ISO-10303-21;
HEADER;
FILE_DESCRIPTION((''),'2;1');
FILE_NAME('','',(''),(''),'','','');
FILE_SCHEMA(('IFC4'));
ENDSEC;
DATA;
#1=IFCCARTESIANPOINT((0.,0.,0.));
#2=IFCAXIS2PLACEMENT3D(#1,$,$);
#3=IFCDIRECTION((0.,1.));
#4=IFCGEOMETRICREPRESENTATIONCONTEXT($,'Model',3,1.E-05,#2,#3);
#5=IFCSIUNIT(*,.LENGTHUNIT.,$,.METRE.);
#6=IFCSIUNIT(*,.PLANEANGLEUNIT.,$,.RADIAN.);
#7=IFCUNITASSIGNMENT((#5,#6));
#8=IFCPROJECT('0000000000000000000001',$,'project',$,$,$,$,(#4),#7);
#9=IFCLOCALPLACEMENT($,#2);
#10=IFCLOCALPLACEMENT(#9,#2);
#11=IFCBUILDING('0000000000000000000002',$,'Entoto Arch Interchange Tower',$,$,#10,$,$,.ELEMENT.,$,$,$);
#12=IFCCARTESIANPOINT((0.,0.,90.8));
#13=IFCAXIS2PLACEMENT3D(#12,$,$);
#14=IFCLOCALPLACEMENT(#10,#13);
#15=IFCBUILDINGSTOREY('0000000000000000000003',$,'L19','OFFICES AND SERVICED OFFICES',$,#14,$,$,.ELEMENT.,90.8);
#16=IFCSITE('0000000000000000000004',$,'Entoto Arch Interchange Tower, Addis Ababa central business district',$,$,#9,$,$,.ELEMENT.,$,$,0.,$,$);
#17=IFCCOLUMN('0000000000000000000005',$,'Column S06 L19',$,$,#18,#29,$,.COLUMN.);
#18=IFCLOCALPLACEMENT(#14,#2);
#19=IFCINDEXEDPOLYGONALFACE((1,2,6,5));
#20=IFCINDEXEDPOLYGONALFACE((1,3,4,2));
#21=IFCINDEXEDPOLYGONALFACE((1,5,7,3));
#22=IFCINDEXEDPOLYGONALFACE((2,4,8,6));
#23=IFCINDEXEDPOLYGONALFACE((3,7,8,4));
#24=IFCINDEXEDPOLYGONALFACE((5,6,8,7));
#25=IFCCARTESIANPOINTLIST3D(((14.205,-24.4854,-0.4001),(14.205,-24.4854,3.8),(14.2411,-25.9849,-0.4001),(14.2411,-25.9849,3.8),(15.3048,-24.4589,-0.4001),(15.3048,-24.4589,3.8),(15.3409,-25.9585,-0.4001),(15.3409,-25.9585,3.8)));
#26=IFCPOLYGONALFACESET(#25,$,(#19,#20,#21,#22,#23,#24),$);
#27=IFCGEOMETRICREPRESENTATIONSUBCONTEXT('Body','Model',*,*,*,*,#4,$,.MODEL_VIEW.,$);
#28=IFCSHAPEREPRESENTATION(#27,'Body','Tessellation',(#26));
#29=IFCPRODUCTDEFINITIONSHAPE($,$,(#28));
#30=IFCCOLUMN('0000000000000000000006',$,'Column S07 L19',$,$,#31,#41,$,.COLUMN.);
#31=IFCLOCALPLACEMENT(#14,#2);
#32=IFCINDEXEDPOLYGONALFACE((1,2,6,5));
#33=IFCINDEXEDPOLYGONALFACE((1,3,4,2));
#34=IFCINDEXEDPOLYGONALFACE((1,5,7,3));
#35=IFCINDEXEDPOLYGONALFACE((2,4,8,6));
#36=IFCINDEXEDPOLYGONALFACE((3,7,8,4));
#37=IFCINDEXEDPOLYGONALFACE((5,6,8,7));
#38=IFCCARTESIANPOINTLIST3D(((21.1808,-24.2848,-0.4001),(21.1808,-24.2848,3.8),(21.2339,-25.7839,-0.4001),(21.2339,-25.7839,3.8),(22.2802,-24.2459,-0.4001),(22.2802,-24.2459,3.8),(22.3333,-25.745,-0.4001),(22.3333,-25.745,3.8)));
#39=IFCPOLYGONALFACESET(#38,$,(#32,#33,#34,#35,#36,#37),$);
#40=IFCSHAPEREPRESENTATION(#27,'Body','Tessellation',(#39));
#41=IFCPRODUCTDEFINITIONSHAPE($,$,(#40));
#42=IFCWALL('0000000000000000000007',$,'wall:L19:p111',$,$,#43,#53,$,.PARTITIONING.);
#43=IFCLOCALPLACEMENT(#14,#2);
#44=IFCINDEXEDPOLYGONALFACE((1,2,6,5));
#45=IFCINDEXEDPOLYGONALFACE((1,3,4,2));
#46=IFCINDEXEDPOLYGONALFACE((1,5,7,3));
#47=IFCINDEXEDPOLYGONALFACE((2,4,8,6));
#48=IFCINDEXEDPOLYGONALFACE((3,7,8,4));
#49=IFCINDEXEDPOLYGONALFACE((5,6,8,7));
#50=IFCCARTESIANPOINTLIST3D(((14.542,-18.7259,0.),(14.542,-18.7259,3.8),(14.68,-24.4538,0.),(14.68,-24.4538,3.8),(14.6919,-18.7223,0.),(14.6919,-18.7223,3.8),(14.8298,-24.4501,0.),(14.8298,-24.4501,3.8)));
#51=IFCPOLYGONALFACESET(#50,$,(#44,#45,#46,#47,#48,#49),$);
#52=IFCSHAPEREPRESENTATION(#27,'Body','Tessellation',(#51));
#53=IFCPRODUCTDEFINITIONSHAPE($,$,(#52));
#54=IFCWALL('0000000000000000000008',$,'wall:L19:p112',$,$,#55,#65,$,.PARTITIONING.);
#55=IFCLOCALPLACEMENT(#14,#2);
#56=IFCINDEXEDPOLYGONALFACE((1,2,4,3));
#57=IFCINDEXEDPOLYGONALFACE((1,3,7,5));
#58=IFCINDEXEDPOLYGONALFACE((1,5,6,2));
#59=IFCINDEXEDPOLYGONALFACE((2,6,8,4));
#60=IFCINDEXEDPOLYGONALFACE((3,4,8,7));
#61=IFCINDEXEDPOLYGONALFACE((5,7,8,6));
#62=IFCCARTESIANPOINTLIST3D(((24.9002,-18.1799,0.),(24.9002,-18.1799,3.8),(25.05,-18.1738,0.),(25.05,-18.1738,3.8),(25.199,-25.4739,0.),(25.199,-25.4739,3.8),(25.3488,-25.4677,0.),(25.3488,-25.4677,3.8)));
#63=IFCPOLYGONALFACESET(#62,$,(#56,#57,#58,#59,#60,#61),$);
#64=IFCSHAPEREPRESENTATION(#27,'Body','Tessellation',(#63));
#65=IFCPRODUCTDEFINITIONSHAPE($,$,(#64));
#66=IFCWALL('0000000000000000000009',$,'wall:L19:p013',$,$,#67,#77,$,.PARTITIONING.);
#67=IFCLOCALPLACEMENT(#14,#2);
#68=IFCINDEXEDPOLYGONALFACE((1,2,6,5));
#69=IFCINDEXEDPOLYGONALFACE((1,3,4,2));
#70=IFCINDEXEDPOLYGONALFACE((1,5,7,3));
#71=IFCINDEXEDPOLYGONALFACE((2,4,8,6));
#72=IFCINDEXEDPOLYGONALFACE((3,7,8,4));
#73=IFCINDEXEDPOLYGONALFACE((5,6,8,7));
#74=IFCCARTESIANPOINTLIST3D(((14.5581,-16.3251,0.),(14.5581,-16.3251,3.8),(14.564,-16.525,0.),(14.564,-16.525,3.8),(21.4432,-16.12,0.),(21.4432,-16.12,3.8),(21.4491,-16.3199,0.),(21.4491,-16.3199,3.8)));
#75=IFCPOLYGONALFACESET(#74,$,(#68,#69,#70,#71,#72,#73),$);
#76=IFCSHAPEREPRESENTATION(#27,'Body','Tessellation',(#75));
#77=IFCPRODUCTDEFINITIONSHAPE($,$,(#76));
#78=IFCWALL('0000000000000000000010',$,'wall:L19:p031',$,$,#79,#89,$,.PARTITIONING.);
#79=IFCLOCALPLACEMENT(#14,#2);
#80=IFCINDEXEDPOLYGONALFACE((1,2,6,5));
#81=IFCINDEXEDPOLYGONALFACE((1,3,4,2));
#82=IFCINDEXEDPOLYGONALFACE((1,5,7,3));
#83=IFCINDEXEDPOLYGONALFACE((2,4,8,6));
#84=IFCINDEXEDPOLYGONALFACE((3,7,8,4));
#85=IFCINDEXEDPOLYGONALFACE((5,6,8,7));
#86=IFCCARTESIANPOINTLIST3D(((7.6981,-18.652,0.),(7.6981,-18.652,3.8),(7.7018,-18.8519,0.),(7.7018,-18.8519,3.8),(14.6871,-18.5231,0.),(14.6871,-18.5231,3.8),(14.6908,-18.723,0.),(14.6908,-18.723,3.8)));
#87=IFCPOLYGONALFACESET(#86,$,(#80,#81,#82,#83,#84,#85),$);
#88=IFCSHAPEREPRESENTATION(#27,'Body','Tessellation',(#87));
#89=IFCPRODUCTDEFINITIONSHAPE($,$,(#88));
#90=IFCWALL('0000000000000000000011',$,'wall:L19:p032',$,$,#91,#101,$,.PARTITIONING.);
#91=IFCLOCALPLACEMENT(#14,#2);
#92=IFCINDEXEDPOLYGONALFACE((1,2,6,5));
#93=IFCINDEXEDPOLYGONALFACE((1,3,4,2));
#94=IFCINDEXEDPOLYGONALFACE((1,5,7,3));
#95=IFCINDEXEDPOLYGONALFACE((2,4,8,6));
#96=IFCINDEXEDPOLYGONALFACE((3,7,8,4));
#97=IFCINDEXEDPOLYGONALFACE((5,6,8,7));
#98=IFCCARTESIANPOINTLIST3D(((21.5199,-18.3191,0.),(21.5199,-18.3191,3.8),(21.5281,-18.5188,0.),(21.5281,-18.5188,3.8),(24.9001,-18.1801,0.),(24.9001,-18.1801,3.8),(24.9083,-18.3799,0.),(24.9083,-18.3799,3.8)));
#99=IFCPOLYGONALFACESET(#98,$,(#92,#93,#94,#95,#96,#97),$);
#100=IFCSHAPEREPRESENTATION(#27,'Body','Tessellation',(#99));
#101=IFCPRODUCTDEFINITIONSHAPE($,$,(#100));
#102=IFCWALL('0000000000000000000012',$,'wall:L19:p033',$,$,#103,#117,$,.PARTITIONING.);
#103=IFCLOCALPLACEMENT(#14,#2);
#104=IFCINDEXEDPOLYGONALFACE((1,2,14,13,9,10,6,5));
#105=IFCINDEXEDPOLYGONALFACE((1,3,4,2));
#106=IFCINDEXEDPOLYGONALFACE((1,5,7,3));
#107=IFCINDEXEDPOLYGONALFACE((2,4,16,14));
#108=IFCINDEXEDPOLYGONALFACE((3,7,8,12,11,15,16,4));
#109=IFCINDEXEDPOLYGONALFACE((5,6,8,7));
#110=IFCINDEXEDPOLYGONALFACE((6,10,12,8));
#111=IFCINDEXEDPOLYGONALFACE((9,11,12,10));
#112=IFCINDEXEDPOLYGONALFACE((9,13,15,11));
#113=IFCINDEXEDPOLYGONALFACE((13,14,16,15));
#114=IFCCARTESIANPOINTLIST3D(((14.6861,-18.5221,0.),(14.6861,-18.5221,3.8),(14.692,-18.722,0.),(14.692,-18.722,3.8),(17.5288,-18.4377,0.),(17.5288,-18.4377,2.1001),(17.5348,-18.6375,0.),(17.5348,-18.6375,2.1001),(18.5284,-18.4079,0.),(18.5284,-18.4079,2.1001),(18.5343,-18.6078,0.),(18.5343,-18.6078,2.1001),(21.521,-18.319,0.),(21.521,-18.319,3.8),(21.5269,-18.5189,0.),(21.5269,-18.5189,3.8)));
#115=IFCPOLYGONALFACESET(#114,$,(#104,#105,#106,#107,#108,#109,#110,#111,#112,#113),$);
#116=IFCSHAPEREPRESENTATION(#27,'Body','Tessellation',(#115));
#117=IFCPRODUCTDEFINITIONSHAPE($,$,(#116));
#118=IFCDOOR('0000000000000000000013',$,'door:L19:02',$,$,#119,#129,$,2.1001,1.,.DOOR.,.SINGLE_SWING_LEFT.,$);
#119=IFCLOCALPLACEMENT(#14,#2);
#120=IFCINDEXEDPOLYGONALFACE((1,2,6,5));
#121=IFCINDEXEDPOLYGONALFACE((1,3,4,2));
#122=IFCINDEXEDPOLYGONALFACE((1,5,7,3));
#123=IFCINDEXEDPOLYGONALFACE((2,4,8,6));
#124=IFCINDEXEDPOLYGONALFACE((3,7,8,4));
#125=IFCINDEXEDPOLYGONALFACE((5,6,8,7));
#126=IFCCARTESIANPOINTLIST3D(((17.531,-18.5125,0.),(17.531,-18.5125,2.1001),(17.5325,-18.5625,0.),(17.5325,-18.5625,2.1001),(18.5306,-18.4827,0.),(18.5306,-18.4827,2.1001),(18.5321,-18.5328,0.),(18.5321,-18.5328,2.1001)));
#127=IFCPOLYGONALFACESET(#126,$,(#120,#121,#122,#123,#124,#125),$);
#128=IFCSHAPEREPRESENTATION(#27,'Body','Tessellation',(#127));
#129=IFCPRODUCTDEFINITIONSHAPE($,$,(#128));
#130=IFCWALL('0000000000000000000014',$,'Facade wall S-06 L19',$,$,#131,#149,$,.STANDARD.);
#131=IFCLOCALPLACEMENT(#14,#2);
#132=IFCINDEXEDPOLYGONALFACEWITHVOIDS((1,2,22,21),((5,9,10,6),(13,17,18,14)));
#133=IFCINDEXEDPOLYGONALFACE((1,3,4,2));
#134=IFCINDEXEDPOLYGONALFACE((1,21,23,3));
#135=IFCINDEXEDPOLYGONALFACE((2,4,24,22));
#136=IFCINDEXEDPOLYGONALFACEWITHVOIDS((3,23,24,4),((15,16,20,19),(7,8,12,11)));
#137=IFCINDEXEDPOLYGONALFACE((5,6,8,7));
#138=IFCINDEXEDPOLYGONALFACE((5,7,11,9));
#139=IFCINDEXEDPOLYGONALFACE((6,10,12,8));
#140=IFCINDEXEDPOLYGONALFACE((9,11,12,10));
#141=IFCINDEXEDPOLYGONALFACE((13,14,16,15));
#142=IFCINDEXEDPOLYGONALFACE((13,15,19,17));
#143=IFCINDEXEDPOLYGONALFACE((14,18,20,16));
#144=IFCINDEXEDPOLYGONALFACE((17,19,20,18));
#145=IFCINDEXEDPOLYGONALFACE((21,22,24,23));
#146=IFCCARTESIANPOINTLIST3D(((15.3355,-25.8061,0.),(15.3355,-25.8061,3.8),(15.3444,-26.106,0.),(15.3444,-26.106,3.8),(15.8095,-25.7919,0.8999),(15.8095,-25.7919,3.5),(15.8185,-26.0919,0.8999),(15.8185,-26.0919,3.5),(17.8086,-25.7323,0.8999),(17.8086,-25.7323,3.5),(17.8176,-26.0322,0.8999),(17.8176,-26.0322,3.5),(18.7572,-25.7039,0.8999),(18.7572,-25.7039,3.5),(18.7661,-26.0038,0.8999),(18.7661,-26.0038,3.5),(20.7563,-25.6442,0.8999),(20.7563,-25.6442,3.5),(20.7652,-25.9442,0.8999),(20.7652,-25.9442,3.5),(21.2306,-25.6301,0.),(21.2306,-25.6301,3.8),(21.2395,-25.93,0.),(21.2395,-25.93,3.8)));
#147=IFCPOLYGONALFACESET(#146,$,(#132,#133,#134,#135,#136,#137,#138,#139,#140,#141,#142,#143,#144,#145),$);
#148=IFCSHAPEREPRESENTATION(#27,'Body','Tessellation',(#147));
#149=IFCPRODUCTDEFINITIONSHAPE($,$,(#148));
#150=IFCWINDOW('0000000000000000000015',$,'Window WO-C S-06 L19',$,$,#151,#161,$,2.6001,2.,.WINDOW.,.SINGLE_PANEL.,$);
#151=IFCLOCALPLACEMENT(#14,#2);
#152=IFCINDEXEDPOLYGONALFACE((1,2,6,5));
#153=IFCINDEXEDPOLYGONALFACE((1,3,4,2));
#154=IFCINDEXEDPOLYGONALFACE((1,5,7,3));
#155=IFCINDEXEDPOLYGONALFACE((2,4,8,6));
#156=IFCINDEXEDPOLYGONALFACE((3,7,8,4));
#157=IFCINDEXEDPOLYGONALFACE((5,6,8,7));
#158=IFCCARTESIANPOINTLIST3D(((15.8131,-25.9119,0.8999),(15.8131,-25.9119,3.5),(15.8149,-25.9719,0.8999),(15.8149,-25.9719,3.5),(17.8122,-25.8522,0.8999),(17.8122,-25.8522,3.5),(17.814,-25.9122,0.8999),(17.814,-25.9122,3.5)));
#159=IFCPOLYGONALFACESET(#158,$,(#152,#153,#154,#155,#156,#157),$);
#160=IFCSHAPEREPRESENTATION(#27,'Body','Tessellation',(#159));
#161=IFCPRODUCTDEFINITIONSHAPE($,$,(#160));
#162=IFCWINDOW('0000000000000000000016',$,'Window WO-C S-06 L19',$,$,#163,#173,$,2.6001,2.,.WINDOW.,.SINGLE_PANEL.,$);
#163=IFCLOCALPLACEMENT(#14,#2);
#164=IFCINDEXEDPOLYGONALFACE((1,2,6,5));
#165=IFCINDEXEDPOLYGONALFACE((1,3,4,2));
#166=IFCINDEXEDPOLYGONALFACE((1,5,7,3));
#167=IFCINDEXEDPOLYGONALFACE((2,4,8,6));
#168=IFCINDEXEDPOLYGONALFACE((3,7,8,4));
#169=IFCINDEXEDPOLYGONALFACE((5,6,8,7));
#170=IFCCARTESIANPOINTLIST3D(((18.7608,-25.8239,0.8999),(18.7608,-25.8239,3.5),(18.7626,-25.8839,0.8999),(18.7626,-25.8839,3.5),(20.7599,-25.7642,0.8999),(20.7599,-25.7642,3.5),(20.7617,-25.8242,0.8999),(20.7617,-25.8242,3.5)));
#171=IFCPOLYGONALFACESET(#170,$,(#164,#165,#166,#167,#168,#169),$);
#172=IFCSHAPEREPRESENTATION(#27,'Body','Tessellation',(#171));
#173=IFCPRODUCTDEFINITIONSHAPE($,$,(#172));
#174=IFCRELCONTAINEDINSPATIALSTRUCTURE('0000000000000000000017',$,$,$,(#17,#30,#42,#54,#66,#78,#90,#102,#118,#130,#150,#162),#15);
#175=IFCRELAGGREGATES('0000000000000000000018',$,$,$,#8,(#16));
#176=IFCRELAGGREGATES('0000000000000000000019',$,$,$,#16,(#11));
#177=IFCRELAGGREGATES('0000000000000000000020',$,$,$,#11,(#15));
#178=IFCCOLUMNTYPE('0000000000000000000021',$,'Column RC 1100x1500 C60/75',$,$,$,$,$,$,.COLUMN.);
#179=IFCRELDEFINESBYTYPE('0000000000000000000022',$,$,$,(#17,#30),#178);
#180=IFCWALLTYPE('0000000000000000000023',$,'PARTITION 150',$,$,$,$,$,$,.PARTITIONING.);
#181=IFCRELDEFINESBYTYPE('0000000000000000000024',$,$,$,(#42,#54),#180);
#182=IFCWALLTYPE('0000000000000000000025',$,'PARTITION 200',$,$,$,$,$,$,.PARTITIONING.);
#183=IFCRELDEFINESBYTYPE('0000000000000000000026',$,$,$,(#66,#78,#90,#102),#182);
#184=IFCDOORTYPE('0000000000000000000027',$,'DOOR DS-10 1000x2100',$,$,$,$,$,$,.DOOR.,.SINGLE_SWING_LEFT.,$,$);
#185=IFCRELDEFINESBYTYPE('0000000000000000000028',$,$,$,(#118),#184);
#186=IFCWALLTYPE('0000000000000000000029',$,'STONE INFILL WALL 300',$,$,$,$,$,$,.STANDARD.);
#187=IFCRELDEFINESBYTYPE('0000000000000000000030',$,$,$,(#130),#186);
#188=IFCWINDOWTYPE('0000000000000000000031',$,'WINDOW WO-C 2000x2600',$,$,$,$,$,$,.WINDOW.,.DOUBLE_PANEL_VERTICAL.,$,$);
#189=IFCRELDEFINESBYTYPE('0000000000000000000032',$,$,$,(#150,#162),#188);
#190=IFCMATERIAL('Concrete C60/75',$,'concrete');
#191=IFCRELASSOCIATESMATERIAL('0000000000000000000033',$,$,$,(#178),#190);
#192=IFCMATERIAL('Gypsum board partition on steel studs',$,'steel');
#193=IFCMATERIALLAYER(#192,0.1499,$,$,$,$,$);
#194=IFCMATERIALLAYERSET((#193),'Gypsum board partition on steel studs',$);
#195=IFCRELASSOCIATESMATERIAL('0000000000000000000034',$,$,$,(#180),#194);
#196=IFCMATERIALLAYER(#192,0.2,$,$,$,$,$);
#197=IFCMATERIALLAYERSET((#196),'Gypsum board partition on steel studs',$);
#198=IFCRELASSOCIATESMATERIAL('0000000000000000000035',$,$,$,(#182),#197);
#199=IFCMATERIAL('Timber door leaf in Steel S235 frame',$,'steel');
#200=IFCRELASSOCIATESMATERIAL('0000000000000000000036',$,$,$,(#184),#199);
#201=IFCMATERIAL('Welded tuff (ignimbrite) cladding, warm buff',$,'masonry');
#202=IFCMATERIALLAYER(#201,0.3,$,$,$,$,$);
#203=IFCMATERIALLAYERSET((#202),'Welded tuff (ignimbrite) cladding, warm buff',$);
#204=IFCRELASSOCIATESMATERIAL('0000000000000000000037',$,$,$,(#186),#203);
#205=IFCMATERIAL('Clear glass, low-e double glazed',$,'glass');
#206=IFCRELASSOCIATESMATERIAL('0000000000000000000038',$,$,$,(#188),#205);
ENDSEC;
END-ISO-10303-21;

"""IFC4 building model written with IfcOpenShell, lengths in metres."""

from ifc_helpers import new_model, si_unit, direction, frame, frame_2d, origin, origin_2d, place, context, subcontext, project, spatial, rectangle, extrude, material, layer, layer_set, material_profile, profile_set, type_object, element, fill, save


model = new_model("IFC4")

# Units and contexts
model_context = context("Model", 3, precision=1e-05, world=origin(), true_north=direction((0.0, 1.0)))
body_context = subcontext(model_context, "Body", "Model", "MODEL_VIEW")
ifc_project = project(units=[si_unit("LENGTHUNIT", "METRE"), si_unit("PLANEANGLEUNIT", "RADIAN")], contexts=[model_context])

# Site, building, storey
site_placement = place(None, origin())
site = spatial("IfcSite", under=ifc_project, at=site_placement, Name="Entoto Arch Interchange Tower, Addis Ababa central business district", CompositionType="ELEMENT", RefElevation=0.0)
building_placement = place(site_placement, origin())
building = spatial("IfcBuilding", under=site, at=building_placement, Name="Entoto Arch Interchange Tower", CompositionType="ELEMENT")
storey_placement = place(building_placement, frame((0.0, 0.0, 90.8)))
storey = spatial("IfcBuildingStorey", under=building, at=storey_placement, Name="L19", Description="OFFICES AND SERVICED OFFICES", CompositionType="ELEMENT", Elevation=90.8)

# Columns
ifc_material_1 = material(Name="Concrete C60/75", Category="concrete")
ifc_material_profile = material_profile(ifc_material_1, rectangle(XDim=1.1001, YDim=1.5, at=origin_2d()))
ifc_profile_set = profile_set([ifc_material_profile], Name="Concrete C60/75")
column_type = type_object("IfcColumnType", Name="Column RC 1100x1500 C60/75", PredefinedType="COLUMN", material=ifc_profile_set)
for number, where, z_axis, x_axis, name in (
    (1, (14.7729, -25.2219, -0.4001), (0.0, 0.0, 1.0), (0.999711, 0.024031, 0.0), "Column S06 L19"),
    (2, (21.7571, -25.0149, -0.4001), (0.0, 0.0, 1.0), (0.999374, 0.035388, 0.0), "Column S07 L19"),
):
    element("IfcColumn", number, at=place(storey_placement, frame(where, z_axis=z_axis, x_axis=x_axis)), inside=storey, type_object=column_type, Name=name, PredefinedType="COLUMN", context=body_context, shape_type="SweptSolid", body=[
        extrude(rectangle(XDim=1.1001, YDim=1.5, at=origin_2d()), origin(), (0.0, 0.0, 1.0), 4.2002),
    ])

# Walls
ifc_material_2 = material(Name="Gypsum board partition on steel studs", Category="steel")
ifc_layer_1 = layer(ifc_material_2, 0.1499)
ifc_layer_set_1 = layer_set([ifc_layer_1], Name="Gypsum board partition on steel studs")
wall_type_1 = type_object("IfcWallType", Name="PARTITION 150", PredefinedType="PARTITIONING", material=ifc_layer_set_1)
wall_1_placement = place(storey_placement, frame((14.6169, -18.7241, 0.0), z_axis=(0.0, 0.0, 1.0), x_axis=(0.024076, -0.99971, 0.0)))
element("IfcWall", 3, at=wall_1_placement, inside=storey, type_object=wall_type_1, Name="wall:L19:p111", PredefinedType="PARTITIONING", context=body_context, shape_type="SweptSolid", body=[
    extrude(rectangle(XDim=5.7295, YDim=0.1499, at=frame_2d((2.8647, 0.0))), origin(), (0.0, 0.0, 1.0), 3.8),
])
wall_2_placement = place(storey_placement, frame((24.9751, -18.177, 0.0), z_axis=(0.0, 0.0, 1.0), x_axis=(0.040935, -0.999162, 0.0)))
element("IfcWall", 4, at=wall_2_placement, inside=storey, type_object=wall_type_1, Name="wall:L19:p112", PredefinedType="PARTITIONING", context=body_context, shape_type="SweptSolid", body=[
    extrude(rectangle(XDim=7.3, YDim=0.1499, at=frame_2d((3.6499, 0.0))), origin(), (0.0, 0.0, 1.0), 3.8),
])
ifc_layer_2 = layer(ifc_material_2, 0.2)
ifc_layer_set_2 = layer_set([ifc_layer_2], Name="Gypsum board partition on steel studs")
wall_type_2 = type_object("IfcWallType", Name="PARTITION 200", PredefinedType="PARTITIONING", material=ifc_layer_set_2)
wall_3_placement = place(storey_placement, frame((14.561, -16.425, 0.0), z_axis=(0.0, 0.0, 1.0), x_axis=(0.999557, 0.029773, 0.0)))
element("IfcWall", 5, at=wall_3_placement, inside=storey, type_object=wall_type_2, Name="wall:L19:p013", PredefinedType="PARTITIONING", context=body_context, shape_type="SweptSolid", body=[
    extrude(rectangle(XDim=6.8882, YDim=0.2, at=frame_2d((3.4441, 0.0))), origin(), (0.0, 0.0, 1.0), 3.8),
])
wall_4_placement = place(storey_placement, frame((14.689, -18.623, 0.0), z_axis=(0.0, 0.0, 1.0), x_axis=(-0.99983, -0.018441, 0.0)))
element("IfcWall", 6, at=wall_4_placement, inside=storey, type_object=wall_type_2, Name="wall:L19:p031", PredefinedType="PARTITIONING", context=body_context, shape_type="SweptSolid", body=[
    extrude(rectangle(XDim=6.9902, YDim=0.2, at=frame_2d((3.4951, 0.0))), origin(), (0.0, 0.0, 1.0), 3.8),
])
wall_5_placement = place(storey_placement, frame((24.9041, -18.28, 0.0), z_axis=(0.0, 0.0, 1.0), x_axis=(-0.999157, -0.041063, 0.0)))
element("IfcWall", 7, at=wall_5_placement, inside=storey, type_object=wall_type_2, Name="wall:L19:p032", PredefinedType="PARTITIONING", context=body_context, shape_type="SweptSolid", body=[
    extrude(rectangle(XDim=3.3831, YDim=0.2, at=frame_2d((1.6914, 0.0))), origin(), (0.0, 0.0, 1.0), 3.8),
])

# Wall, opening, door
wall_6_placement = place(storey_placement, frame((21.5239, -18.4189, 0.0), z_axis=(0.0, 0.0, 1.0), x_axis=(-0.999559, -0.029705, 0.0)))
wall_6 = element("IfcWall", 8, at=wall_6_placement, inside=storey, type_object=wall_type_2, Name="wall:L19:p033", PredefinedType="PARTITIONING", context=body_context, shape_type="SweptSolid", body=[
    extrude(rectangle(XDim=6.8379, YDim=0.2, at=frame_2d((3.4189, 0.0))), origin(), (0.0, 0.0, 1.0), 3.8),
])
opening_1_placement = place(wall_6_placement, frame((2.9939, 0.0, 0.0)))
opening_1 = element("IfcOpeningElement", 9, at=opening_1_placement, cuts=wall_6, PredefinedType="OPENING", context=body_context, shape_type="SweptSolid", body=[
    extrude(rectangle(XDim=1.0, YDim=2.1001, at=frame_2d((0.5, 1.05))), frame((0.0, 0.1099, 0.0), z_axis=(0.0, -1.0, 0.0), x_axis=(1.0, 0.0, 0.0)), (0.0, 0.0, 1.0), 0.22),
])
ifc_material_3 = material(Name="Timber door leaf in Steel S235 frame", Category="steel")
door_type = type_object("IfcDoorType", Name="DOOR DS-10 1000x2100", OperationType="SINGLE_SWING_LEFT", PredefinedType="DOOR", material=ifc_material_3)
door_placement = place(opening_1_placement, origin())
door = element("IfcDoor", 10, at=door_placement, inside=storey, type_object=door_type, Name="door:L19:02", OperationType="SINGLE_SWING_LEFT", OverallHeight=2.1001, OverallWidth=1.0, PredefinedType="DOOR", context=body_context, shape_type="SweptSolid", body=[
    extrude(rectangle(XDim=1.0, YDim=2.1001, at=frame_2d((0.5, 1.05))), frame((0.0, 0.0249, 0.0), z_axis=(0.0, -1.0, 0.0), x_axis=(1.0, 0.0, 0.0)), (0.0, 0.0, 1.0), 0.05),
])
fill(opening_1, door)

# Wall, openings, windows
ifc_material_4 = material(Name="Welded tuff (ignimbrite) cladding, warm buff", Category="masonry")
ifc_layer_3 = layer(ifc_material_4, 0.3)
ifc_layer_set_3 = layer_set([ifc_layer_3], Name="Welded tuff (ignimbrite) cladding, warm buff")
wall_type_3 = type_object("IfcWallType", Name="STONE INFILL WALL 300", PredefinedType="STANDARD", material=ifc_layer_set_3)
wall_7_placement = place(storey_placement, frame((15.3401, -25.9561, 0.0), z_axis=(0.0, 0.0, 1.0), x_axis=(0.999554, 0.029847, 0.0)))
wall_7 = element("IfcWall", 11, at=wall_7_placement, inside=storey, type_object=wall_type_3, Name="Facade wall S-06 L19", PredefinedType="STANDARD", context=body_context, shape_type="SweptSolid", body=[
    extrude(rectangle(XDim=5.8977, YDim=0.3, at=frame_2d((2.9487, 0.0))), origin(), (0.0, 0.0, 1.0), 3.8),
])
opening_2_placement = place(wall_7_placement, frame((0.4741, 0.0, 0.8999)))
opening_2 = element("IfcOpeningElement", 12, at=opening_2_placement, cuts=wall_7, PredefinedType="OPENING", context=body_context, shape_type="SweptSolid", body=[
    extrude(rectangle(XDim=2.0, YDim=2.6001, at=frame_2d((1.0, 1.3))), frame((0.0, 0.1602, 0.0), z_axis=(0.0, -1.0, 0.0), x_axis=(1.0, 0.0, 0.0)), (0.0, 0.0, 1.0), 0.3201),
])
opening_3_placement = place(wall_7_placement, frame((3.4231, 0.0, 0.8999)))
opening_3 = element("IfcOpeningElement", 13, at=opening_3_placement, cuts=wall_7, PredefinedType="OPENING", context=body_context, shape_type="SweptSolid", body=[
    extrude(rectangle(XDim=2.0, YDim=2.6001, at=frame_2d((1.0, 1.3))), frame((0.0, 0.1602, 0.0), z_axis=(0.0, -1.0, 0.0), x_axis=(1.0, 0.0, 0.0)), (0.0, 0.0, 1.0), 0.3201),
])
ifc_material_5 = material(Name="Clear glass, low-e double glazed", Category="glass")
window_type = type_object("IfcWindowType", Name="WINDOW WO-C 2000x2600", PartitioningType="DOUBLE_PANEL_VERTICAL", PredefinedType="WINDOW", material=ifc_material_5)
window_1_placement = place(opening_2_placement, origin())
window_1 = element("IfcWindow", 14, at=window_1_placement, inside=storey, type_object=window_type, Name="Window WO-C S-06 L19", OverallHeight=2.6001, OverallWidth=2.0, PartitioningType="SINGLE_PANEL", PredefinedType="WINDOW", context=body_context, shape_type="SweptSolid", body=[
    extrude(rectangle(XDim=2.0, YDim=2.6001, at=frame_2d((1.0, 1.3))), frame((0.0, 0.03, 0.0), z_axis=(0.0, -1.0, 0.0), x_axis=(1.0, 0.0, 0.0)), (0.0, 0.0, 1.0), 0.0601),
])
fill(opening_2, window_1)
window_2_placement = place(opening_3_placement, origin())
window_2 = element("IfcWindow", 15, at=window_2_placement, inside=storey, type_object=window_type, Name="Window WO-C S-06 L19", OverallHeight=2.6001, OverallWidth=2.0, PartitioningType="SINGLE_PANEL", PredefinedType="WINDOW", context=body_context, shape_type="SweptSolid", body=[
    extrude(rectangle(XDim=2.0, YDim=2.6001, at=frame_2d((1.0, 1.3))), frame((0.0, 0.03, 0.0), z_axis=(0.0, -1.0, 0.0), x_axis=(1.0, 0.0, 0.0)), (0.0, 0.0, 1.0), 0.0601),
])
fill(opening_3, window_2)

save(model, "model.ifc")
